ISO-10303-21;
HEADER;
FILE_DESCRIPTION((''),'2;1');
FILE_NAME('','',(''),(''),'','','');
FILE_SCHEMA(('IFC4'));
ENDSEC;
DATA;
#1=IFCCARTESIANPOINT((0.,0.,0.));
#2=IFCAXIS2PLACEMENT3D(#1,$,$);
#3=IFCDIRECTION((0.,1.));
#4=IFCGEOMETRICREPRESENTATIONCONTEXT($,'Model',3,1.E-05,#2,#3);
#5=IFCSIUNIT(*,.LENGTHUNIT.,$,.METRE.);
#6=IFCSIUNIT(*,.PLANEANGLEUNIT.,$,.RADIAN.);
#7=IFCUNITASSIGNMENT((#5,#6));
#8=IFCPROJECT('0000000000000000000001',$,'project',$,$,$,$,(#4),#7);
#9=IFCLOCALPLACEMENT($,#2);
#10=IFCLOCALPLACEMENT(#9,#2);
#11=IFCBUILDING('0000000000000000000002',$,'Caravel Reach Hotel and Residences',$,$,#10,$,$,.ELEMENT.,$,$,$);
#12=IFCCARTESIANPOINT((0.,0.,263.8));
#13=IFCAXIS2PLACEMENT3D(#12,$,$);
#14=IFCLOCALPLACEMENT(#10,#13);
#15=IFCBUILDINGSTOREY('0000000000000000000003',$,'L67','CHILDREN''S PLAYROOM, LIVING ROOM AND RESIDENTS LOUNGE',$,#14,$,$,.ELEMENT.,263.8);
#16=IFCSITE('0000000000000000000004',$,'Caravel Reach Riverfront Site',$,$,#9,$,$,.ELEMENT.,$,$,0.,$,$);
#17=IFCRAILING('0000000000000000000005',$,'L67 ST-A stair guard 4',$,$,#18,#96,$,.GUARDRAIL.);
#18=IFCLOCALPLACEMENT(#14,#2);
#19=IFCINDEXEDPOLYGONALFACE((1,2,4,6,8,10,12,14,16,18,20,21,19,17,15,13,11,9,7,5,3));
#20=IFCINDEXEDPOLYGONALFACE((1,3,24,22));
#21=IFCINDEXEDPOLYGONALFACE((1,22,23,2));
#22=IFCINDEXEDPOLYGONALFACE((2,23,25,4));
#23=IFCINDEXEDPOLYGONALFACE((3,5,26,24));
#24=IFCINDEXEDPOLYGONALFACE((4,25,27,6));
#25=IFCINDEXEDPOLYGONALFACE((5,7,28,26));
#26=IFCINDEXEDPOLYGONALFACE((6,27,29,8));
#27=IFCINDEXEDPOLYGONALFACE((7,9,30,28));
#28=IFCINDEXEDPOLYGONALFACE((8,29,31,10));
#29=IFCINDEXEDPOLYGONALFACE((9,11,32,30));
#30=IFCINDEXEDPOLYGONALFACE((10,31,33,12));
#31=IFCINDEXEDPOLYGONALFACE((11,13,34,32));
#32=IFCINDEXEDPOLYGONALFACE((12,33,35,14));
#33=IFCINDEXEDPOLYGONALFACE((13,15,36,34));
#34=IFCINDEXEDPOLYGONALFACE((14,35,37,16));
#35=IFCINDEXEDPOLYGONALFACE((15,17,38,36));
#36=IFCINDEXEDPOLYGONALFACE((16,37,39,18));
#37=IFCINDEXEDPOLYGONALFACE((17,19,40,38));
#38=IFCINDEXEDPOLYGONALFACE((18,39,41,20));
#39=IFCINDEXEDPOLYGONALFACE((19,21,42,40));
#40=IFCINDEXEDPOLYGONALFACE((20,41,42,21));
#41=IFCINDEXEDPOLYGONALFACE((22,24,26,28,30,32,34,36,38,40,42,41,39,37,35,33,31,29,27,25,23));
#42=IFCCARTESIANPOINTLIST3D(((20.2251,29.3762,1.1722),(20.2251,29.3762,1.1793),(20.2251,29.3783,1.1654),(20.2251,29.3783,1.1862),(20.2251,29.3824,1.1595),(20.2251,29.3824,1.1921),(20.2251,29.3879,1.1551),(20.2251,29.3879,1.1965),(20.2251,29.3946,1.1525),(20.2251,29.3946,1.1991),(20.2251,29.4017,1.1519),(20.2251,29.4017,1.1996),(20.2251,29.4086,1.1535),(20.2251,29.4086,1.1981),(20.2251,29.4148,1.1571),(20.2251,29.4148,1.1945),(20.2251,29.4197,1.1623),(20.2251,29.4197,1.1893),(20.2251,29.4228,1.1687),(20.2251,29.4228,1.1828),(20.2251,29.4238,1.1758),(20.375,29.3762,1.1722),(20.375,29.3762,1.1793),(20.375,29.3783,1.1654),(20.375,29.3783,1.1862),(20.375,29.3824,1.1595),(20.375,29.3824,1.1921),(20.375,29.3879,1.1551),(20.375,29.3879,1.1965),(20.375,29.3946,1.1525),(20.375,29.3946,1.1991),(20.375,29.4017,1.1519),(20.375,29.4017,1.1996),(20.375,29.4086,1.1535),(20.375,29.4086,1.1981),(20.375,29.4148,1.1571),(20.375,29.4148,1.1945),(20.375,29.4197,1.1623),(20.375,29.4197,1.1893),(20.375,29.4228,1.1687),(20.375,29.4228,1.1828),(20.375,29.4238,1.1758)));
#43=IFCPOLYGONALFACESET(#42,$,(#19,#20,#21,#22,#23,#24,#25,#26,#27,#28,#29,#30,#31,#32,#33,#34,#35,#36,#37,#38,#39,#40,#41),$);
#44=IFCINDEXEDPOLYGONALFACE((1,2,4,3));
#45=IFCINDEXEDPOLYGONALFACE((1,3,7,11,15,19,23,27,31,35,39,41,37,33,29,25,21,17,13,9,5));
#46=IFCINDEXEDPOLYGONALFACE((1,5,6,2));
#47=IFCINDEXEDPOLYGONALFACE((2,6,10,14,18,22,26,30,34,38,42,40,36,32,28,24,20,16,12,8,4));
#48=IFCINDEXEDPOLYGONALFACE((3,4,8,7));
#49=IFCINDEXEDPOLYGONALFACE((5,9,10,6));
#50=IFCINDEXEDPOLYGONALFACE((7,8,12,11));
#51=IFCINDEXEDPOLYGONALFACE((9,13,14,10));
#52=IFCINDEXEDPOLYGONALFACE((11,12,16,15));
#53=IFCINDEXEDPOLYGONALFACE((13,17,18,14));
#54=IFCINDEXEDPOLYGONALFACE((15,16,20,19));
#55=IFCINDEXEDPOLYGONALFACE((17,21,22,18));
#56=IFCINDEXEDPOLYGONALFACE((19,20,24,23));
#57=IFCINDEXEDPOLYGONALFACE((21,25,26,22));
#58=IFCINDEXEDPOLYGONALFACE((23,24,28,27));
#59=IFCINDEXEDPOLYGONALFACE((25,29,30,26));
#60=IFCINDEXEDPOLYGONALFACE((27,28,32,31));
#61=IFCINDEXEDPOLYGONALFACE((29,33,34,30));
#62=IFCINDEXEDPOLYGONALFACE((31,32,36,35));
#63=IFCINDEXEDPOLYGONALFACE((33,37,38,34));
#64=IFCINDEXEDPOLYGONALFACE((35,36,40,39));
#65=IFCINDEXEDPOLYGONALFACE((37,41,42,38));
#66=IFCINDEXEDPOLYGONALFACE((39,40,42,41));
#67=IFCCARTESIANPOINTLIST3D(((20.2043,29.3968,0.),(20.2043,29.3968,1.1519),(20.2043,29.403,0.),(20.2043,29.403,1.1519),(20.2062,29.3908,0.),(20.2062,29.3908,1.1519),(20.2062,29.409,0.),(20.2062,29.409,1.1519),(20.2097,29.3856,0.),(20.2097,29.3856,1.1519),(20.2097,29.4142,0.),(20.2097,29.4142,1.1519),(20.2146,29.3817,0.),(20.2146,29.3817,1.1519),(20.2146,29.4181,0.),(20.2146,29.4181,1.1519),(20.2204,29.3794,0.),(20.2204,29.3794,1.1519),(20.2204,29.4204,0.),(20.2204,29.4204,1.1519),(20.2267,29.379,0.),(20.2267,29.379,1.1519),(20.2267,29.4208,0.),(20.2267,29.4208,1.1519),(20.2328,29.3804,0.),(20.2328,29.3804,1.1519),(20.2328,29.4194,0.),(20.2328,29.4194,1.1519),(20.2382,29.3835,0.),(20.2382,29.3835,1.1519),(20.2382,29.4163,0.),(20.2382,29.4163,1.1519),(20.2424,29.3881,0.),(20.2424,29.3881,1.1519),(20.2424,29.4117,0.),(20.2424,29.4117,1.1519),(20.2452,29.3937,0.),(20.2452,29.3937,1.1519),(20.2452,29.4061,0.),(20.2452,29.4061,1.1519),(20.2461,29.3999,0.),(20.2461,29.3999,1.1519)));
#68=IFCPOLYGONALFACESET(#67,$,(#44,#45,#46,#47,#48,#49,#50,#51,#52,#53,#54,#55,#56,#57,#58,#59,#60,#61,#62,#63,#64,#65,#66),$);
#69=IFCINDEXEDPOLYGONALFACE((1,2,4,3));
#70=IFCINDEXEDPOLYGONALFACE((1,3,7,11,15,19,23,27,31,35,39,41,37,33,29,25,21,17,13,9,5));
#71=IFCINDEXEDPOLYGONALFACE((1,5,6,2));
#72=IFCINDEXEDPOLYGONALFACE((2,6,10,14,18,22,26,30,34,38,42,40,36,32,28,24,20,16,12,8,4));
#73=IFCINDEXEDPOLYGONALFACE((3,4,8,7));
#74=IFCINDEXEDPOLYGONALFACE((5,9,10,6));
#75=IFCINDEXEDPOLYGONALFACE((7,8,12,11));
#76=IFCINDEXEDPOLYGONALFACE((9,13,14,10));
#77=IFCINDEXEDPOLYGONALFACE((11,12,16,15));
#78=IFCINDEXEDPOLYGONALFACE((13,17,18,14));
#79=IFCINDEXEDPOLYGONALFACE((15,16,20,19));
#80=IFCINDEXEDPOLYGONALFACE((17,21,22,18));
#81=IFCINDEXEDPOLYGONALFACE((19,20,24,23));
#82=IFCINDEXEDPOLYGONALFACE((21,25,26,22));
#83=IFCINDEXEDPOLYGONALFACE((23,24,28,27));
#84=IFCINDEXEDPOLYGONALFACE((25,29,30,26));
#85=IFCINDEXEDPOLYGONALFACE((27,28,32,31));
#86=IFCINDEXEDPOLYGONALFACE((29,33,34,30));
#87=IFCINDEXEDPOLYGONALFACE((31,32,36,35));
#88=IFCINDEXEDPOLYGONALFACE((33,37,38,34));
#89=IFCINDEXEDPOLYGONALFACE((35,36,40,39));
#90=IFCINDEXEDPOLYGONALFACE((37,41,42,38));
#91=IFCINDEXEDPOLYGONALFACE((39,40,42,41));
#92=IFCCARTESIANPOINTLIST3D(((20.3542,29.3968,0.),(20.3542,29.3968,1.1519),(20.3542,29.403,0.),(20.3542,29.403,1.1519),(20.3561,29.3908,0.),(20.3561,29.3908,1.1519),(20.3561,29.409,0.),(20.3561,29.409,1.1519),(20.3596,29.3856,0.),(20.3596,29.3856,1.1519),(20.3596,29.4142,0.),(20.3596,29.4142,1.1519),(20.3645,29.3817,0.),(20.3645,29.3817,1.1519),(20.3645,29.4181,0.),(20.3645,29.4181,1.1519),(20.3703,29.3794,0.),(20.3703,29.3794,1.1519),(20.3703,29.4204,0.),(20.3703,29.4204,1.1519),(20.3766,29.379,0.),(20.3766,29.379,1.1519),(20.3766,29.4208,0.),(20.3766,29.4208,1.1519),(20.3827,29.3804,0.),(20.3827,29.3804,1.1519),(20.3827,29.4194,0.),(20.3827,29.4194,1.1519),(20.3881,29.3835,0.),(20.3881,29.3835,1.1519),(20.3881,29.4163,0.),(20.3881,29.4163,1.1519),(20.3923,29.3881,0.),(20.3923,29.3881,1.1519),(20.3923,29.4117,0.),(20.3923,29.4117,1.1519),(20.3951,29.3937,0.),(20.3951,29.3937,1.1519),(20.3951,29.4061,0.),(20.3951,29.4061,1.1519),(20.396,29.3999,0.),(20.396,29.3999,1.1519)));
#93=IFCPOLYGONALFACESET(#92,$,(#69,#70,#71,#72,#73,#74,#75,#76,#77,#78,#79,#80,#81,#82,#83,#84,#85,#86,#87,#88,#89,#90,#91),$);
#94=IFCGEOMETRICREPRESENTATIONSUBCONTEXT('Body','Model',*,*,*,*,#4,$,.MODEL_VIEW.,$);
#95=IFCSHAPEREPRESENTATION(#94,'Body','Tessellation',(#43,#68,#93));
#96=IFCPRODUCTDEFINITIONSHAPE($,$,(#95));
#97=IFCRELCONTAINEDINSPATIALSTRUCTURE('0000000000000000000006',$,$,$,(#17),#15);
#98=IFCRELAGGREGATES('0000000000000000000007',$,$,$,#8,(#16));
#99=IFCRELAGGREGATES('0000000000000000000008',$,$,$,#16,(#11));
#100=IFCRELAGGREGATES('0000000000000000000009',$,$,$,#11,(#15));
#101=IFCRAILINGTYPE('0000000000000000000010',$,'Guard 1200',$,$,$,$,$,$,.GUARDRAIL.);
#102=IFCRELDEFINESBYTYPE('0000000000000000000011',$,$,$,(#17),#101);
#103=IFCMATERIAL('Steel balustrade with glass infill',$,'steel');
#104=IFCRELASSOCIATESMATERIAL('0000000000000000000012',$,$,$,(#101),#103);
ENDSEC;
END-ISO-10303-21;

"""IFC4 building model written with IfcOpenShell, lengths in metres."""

from ifc_helpers import new_model, si_unit, direction, frame, origin, origin_2d, place, context, subcontext, project, spatial, circle, extrude, material, type_object, element, save


model = new_model("IFC4")

# Units and contexts
model_context = context("Model", 3, precision=1e-05, world=origin(), true_north=direction((0.0, 1.0)))
body_context = subcontext(model_context, "Body", "Model", "MODEL_VIEW")
ifc_project = project(units=[si_unit("LENGTHUNIT", "METRE"), si_unit("PLANEANGLEUNIT", "RADIAN")], contexts=[model_context])

# Site, building, storey
site_placement = place(None, origin())
site = spatial("IfcSite", under=ifc_project, at=site_placement, Name="Caravel Reach Riverfront Site", CompositionType="ELEMENT", RefElevation=0.0)
building_placement = place(site_placement, origin())
building = spatial("IfcBuilding", under=site, at=building_placement, Name="Caravel Reach Hotel and Residences", CompositionType="ELEMENT")
storey_placement = place(building_placement, frame((0.0, 0.0, 263.8)))
storey = spatial("IfcBuildingStorey", under=building, at=storey_placement, Name="L67", Description="CHILDREN'S PLAYROOM, LIVING ROOM AND RESIDENTS LOUNGE", CompositionType="ELEMENT", Elevation=263.8)

# Railing
ifc_material_1 = material(Name="Steel balustrade with glass infill", Category="steel")
railing_type_1 = type_object("IfcRailingType", Name="Guard 1200", PredefinedType="GUARDRAIL", material=ifc_material_1)
railing_1_placement = place(storey_placement, frame((20.2251, 29.3999, 0.0)))
element("IfcRailing", 1, at=railing_1_placement, inside=storey, type_object=railing_type_1, Name="L67 ST-A stair guard 4", PredefinedType="GUARDRAIL", context=body_context, shape_type="SweptSolid", body=[
    extrude(circle(Radius=0.0239, at=origin_2d()), frame((0.0, 0.0, 1.1758), z_axis=(1.0, 0.0, 0.0), x_axis=(0.0, 1.0, 0.0)), (0.0, 0.0, 1.0), 0.1499),
    extrude(circle(Radius=0.021, at=origin_2d()), origin(), (0.0, 0.0, 1.0), 1.1519),
    extrude(circle(Radius=0.021, at=origin_2d()), frame((0.1499, 0.0, 0.0)), (0.0, 0.0, 1.0), 1.1519),
])

save(model, "model.ifc")
